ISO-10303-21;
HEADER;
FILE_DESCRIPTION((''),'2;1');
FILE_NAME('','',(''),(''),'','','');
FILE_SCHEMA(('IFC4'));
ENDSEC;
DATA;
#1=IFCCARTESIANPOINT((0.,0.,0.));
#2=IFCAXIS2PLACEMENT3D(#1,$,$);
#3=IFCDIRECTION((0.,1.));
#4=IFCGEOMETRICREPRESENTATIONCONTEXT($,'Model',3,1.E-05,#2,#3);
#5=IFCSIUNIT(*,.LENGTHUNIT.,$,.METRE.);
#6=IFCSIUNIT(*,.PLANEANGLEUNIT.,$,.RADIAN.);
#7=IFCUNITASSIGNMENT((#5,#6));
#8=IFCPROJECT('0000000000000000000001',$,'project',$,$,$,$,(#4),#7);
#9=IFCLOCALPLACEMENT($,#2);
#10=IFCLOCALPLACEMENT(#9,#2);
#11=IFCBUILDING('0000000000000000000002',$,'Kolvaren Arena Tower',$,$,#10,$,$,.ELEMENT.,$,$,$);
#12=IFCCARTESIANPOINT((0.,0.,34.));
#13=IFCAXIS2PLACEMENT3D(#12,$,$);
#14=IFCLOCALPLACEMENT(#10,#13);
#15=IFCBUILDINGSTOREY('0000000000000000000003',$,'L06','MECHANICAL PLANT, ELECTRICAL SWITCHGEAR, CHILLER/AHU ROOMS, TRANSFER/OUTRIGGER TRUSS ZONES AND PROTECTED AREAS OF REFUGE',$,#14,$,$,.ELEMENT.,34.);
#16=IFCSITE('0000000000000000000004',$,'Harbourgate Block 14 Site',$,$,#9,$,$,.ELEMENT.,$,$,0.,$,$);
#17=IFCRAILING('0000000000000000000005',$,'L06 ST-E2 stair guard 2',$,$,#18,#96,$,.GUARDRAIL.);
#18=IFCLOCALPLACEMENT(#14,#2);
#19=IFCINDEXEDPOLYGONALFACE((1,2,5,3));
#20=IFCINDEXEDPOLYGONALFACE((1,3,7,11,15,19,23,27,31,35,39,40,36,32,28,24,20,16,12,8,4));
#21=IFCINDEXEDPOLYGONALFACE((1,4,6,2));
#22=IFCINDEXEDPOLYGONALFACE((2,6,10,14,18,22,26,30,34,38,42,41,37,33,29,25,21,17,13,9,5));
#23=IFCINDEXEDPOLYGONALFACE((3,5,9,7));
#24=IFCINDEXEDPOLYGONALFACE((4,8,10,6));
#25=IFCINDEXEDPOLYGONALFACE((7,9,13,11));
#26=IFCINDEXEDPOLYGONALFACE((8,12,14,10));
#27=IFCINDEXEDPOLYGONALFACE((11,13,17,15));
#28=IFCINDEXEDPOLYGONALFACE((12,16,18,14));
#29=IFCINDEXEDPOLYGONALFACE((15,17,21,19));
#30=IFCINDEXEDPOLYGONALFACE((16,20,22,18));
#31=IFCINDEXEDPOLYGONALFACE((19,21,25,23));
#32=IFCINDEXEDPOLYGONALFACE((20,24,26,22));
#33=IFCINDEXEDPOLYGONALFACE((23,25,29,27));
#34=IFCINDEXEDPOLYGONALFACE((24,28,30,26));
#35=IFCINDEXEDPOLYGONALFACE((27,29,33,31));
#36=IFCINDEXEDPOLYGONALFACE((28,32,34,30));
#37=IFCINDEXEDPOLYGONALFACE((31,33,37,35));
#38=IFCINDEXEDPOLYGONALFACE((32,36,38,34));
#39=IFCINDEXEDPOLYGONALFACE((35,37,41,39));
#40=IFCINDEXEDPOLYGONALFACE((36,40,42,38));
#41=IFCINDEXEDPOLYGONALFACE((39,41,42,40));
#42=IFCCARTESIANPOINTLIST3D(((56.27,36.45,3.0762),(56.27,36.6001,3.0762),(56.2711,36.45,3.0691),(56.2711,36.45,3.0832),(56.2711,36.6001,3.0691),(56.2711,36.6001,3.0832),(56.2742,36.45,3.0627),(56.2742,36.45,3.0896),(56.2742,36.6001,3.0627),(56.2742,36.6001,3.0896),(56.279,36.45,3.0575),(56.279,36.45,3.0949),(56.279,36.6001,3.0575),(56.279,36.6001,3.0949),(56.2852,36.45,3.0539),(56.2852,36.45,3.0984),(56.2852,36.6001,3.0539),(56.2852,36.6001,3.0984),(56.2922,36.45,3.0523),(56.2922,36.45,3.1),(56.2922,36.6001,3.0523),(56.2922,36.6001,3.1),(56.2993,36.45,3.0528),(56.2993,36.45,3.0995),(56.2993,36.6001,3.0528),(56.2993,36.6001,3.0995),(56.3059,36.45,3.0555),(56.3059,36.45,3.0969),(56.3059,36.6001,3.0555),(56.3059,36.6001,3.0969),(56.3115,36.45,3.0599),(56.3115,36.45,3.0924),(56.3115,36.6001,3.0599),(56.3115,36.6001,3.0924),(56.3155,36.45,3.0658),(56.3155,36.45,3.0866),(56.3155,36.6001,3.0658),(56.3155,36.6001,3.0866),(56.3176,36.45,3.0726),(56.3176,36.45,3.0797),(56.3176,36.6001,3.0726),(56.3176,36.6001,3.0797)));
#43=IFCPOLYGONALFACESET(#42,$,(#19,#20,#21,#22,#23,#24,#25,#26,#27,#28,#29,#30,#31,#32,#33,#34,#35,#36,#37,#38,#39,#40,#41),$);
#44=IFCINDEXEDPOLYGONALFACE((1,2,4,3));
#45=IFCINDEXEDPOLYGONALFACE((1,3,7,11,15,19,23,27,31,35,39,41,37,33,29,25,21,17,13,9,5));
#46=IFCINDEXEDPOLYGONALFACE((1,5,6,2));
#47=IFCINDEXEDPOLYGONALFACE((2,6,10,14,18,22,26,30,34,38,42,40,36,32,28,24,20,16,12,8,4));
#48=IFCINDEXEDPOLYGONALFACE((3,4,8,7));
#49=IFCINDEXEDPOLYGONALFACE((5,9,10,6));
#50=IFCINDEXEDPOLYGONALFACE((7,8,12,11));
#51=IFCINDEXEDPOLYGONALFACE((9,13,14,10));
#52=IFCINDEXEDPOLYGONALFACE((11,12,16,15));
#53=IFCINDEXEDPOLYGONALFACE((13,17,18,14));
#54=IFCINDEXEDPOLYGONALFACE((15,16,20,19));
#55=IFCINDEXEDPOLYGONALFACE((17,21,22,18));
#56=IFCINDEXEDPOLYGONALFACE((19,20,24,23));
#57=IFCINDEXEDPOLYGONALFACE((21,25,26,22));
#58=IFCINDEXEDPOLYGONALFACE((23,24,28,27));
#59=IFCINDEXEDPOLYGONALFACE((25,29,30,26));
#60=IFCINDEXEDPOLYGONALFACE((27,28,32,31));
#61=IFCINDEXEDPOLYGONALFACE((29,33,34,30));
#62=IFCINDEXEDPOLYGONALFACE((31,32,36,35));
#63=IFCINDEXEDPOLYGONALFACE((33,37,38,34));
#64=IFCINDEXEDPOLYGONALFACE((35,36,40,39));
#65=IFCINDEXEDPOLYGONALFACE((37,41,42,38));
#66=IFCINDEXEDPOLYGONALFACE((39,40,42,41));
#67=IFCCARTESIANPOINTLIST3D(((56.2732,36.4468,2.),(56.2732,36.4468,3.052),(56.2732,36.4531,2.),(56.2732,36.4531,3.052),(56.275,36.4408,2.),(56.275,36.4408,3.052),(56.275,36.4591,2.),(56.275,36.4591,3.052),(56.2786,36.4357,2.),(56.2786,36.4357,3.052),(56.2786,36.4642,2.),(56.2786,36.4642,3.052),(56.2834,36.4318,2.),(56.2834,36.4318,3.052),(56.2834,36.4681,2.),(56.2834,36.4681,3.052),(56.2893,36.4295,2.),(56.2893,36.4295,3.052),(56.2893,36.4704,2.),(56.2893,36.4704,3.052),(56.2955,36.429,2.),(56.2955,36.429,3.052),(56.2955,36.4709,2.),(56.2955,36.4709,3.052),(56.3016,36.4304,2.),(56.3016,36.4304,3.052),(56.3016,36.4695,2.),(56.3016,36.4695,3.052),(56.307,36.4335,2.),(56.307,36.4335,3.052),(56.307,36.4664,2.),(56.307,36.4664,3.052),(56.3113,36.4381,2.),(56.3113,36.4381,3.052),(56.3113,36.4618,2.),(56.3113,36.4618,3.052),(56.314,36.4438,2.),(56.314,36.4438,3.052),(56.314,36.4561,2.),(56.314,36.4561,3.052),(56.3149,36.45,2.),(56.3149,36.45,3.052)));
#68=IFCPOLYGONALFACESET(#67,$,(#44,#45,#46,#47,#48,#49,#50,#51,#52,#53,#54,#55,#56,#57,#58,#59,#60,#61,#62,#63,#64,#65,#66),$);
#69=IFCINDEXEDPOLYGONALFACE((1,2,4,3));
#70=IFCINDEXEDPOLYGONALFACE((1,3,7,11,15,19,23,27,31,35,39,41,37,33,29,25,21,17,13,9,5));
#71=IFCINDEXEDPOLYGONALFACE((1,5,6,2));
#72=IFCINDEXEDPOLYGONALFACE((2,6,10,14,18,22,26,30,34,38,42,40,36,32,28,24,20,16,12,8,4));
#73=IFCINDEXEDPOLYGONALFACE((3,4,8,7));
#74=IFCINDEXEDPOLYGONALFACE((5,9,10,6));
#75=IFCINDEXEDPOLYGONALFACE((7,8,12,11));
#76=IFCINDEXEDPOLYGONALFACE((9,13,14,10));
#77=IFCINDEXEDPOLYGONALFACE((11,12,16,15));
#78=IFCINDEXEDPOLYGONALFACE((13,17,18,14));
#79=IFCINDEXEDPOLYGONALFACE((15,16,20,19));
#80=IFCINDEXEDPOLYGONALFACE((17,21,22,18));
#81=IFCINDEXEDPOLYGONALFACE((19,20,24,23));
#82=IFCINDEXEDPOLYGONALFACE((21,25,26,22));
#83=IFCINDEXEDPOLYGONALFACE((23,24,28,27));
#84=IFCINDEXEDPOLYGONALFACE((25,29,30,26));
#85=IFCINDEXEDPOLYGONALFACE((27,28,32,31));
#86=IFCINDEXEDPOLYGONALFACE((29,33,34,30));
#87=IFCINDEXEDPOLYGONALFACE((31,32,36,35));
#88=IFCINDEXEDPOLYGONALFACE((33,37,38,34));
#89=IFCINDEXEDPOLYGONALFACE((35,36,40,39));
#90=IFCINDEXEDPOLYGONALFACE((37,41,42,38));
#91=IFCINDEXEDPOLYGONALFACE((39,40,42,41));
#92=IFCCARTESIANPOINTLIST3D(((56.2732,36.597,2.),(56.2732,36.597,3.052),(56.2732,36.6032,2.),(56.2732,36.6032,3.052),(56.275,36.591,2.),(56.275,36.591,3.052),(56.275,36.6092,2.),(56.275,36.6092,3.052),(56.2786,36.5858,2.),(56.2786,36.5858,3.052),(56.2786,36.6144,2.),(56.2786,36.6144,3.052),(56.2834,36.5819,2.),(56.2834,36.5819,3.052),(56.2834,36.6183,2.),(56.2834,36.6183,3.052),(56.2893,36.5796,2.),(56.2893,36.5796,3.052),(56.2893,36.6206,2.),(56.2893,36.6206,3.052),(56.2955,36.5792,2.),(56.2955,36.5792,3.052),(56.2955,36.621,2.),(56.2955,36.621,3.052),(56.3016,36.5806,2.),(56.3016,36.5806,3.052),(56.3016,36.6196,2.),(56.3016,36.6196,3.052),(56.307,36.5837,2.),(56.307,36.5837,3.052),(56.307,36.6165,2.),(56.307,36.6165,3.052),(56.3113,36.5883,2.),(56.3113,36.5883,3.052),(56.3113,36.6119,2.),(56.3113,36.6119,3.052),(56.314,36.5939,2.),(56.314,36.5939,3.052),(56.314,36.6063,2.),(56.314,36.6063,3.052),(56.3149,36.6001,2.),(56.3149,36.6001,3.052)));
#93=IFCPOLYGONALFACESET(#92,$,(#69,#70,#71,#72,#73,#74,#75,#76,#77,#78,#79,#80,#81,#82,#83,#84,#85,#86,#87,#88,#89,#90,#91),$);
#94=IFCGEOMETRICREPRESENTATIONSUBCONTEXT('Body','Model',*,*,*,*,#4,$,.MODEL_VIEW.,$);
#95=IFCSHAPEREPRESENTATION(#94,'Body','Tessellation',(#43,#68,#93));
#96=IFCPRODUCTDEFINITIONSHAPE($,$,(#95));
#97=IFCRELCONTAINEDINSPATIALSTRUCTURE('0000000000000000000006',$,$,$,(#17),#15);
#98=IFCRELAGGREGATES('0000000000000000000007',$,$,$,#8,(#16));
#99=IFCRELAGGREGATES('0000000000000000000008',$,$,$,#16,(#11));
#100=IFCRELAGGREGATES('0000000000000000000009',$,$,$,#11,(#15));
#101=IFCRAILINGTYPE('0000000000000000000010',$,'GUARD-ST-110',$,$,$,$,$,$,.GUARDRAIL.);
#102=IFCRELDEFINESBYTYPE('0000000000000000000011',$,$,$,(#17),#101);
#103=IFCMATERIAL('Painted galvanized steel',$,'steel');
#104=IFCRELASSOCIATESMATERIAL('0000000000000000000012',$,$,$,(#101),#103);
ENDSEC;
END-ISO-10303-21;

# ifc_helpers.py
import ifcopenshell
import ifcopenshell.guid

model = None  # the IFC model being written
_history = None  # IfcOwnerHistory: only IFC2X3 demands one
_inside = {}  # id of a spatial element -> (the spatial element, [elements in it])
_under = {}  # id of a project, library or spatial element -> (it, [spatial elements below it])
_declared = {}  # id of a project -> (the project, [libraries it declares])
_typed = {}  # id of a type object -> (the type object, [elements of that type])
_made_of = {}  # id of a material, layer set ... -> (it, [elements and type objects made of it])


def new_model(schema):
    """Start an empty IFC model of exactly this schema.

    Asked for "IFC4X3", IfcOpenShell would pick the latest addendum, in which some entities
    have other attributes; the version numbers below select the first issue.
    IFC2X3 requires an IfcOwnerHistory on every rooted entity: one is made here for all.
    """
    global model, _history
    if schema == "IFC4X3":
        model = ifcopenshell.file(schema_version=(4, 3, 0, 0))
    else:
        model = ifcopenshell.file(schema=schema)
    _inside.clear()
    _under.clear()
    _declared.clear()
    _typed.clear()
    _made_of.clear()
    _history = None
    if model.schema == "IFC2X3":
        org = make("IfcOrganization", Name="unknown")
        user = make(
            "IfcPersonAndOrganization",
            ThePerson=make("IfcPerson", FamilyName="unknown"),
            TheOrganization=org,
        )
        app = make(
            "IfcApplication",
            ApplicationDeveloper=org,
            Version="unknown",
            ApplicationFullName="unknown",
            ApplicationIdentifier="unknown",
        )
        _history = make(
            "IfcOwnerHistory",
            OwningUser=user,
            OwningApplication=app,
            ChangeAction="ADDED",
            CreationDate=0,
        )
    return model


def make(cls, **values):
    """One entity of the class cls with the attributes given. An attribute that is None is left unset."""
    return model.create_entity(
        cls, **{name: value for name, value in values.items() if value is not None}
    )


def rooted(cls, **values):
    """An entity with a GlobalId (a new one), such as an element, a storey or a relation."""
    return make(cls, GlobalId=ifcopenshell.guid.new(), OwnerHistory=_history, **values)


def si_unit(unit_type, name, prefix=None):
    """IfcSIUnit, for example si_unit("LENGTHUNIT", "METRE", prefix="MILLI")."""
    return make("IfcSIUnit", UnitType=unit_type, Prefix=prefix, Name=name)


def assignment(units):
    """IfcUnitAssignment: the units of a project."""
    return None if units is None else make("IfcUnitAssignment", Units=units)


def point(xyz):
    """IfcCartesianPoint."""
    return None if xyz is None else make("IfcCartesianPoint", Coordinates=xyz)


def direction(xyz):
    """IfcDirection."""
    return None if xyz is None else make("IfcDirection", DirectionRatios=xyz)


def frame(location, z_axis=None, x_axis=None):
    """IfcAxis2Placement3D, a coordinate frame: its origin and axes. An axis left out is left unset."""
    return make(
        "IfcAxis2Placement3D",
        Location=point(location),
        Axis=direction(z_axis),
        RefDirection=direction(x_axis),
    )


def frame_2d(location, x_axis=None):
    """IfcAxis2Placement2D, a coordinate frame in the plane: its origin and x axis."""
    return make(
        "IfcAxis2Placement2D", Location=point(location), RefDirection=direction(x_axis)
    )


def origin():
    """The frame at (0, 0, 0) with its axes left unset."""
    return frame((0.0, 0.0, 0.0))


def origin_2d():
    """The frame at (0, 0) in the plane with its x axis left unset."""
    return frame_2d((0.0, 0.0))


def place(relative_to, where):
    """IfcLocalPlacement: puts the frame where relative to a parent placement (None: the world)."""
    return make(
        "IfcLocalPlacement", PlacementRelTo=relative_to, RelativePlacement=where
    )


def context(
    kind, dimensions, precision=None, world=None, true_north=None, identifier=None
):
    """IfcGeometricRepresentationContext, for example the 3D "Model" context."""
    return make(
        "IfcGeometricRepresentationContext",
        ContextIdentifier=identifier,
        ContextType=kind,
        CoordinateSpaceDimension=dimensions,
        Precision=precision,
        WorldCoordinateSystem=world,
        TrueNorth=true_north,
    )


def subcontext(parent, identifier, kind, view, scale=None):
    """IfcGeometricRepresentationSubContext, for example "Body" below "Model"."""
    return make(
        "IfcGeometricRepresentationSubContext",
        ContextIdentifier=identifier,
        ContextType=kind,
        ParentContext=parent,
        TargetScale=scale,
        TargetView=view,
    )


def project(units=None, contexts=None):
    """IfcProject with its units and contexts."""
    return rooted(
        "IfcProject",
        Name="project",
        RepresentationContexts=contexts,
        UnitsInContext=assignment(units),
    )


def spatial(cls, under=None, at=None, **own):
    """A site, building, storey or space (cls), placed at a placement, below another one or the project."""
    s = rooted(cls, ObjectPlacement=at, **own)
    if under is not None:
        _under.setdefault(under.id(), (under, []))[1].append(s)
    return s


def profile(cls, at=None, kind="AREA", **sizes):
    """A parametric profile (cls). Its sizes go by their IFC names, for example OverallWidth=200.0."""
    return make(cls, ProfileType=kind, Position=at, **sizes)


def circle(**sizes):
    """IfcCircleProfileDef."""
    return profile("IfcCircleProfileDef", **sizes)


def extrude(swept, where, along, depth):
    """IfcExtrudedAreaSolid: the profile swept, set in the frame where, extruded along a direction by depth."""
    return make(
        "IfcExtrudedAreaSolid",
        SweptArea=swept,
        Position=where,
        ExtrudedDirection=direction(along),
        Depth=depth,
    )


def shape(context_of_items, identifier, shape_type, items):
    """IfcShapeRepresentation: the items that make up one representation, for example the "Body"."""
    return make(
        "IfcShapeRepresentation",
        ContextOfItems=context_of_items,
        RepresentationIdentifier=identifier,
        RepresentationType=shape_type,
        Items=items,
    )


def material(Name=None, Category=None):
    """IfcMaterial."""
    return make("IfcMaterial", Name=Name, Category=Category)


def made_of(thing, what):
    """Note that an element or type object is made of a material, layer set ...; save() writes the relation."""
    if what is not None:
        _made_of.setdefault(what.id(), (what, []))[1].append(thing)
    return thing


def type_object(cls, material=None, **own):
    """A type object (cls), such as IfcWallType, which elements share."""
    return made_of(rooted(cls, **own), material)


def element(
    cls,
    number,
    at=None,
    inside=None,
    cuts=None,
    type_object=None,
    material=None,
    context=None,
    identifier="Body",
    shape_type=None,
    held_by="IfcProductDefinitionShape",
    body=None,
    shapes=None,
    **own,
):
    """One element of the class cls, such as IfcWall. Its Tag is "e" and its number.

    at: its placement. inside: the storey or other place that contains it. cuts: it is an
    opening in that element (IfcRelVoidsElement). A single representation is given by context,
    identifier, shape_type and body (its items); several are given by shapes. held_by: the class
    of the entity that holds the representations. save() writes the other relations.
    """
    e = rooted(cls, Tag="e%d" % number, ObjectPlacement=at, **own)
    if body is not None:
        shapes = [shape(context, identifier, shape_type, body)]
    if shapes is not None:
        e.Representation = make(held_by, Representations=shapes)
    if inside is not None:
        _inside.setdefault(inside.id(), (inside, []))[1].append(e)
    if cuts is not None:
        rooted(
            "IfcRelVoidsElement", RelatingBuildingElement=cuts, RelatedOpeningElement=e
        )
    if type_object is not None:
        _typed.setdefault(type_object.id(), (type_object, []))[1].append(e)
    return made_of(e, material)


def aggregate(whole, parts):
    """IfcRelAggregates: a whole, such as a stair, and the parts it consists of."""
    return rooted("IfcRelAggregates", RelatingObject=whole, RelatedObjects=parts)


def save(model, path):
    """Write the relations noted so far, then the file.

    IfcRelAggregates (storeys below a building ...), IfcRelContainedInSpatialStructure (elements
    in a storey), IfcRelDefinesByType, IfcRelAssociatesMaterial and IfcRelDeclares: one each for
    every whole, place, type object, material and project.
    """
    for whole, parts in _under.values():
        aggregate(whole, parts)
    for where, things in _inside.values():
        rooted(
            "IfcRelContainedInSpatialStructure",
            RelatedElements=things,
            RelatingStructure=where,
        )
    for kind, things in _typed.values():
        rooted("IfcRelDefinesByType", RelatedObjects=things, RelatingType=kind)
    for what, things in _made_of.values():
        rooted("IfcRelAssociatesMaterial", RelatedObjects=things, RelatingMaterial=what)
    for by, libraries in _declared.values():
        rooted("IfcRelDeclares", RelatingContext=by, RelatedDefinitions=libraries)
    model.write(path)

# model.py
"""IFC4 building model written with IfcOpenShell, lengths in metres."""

from ifc_helpers import new_model, si_unit, direction, frame, origin, origin_2d, place, context, subcontext, project, spatial, circle, extrude, material, type_object, element, save


model = new_model("IFC4")

# Units and contexts
model_context = context("Model", 3, precision=1e-05, world=origin(), true_north=direction((0.0, 1.0)))
body_context = subcontext(model_context, "Body", "Model", "MODEL_VIEW")
ifc_project = project(units=[si_unit("LENGTHUNIT", "METRE"), si_unit("PLANEANGLEUNIT", "RADIAN")], contexts=[model_context])

# Site, building, storey
site_placement = place(None, origin())
site = spatial("IfcSite", under=ifc_project, at=site_placement, Name="Harbourgate Block 14 Site", CompositionType="ELEMENT", RefElevation=0.0)
building_placement = place(site_placement, origin())
building = spatial("IfcBuilding", under=site, at=building_placement, Name="Kolvaren Arena Tower", CompositionType="ELEMENT")
storey_placement = place(building_placement, frame((0.0, 0.0, 34.0)))
storey = spatial("IfcBuildingStorey", under=building, at=storey_placement, Name="L06", Description="MECHANICAL PLANT, ELECTRICAL SWITCHGEAR, CHILLER/AHU ROOMS, TRANSFER/OUTRIGGER TRUSS ZONES AND PROTECTED AREAS OF REFUGE", CompositionType="ELEMENT", Elevation=34.0)

# Railing
ifc_material_1 = material(Name="Painted galvanized steel", Category="steel")
railing_type_1 = type_object("IfcRailingType", Name="GUARD-ST-110", PredefinedType="GUARDRAIL", material=ifc_material_1)
railing_1_placement = place(storey_placement, frame((56.2939, 36.45, 2.0)))
element("IfcRailing", 1, at=railing_1_placement, inside=storey, type_object=railing_type_1, Name="L06 ST-E2 stair guard 2", PredefinedType="GUARDRAIL", context=body_context, shape_type="SweptSolid", body=[
    extrude(circle(Radius=0.0239, at=origin_2d()), frame((0.0, 0.0, 1.0762), z_axis=(0.0, 1.0, 0.0), x_axis=(-1.0, 0.0, 0.0)), (0.0, 0.0, 1.0), 0.1501),
    extrude(circle(Radius=0.021, at=origin_2d()), origin(), (0.0, 0.0, 1.0), 1.052),
    extrude(circle(Radius=0.021, at=origin_2d()), frame((0.0, 0.1501, 0.0)), (0.0, 0.0, 1.0), 1.052),
])

save(model, "model.ifc")
